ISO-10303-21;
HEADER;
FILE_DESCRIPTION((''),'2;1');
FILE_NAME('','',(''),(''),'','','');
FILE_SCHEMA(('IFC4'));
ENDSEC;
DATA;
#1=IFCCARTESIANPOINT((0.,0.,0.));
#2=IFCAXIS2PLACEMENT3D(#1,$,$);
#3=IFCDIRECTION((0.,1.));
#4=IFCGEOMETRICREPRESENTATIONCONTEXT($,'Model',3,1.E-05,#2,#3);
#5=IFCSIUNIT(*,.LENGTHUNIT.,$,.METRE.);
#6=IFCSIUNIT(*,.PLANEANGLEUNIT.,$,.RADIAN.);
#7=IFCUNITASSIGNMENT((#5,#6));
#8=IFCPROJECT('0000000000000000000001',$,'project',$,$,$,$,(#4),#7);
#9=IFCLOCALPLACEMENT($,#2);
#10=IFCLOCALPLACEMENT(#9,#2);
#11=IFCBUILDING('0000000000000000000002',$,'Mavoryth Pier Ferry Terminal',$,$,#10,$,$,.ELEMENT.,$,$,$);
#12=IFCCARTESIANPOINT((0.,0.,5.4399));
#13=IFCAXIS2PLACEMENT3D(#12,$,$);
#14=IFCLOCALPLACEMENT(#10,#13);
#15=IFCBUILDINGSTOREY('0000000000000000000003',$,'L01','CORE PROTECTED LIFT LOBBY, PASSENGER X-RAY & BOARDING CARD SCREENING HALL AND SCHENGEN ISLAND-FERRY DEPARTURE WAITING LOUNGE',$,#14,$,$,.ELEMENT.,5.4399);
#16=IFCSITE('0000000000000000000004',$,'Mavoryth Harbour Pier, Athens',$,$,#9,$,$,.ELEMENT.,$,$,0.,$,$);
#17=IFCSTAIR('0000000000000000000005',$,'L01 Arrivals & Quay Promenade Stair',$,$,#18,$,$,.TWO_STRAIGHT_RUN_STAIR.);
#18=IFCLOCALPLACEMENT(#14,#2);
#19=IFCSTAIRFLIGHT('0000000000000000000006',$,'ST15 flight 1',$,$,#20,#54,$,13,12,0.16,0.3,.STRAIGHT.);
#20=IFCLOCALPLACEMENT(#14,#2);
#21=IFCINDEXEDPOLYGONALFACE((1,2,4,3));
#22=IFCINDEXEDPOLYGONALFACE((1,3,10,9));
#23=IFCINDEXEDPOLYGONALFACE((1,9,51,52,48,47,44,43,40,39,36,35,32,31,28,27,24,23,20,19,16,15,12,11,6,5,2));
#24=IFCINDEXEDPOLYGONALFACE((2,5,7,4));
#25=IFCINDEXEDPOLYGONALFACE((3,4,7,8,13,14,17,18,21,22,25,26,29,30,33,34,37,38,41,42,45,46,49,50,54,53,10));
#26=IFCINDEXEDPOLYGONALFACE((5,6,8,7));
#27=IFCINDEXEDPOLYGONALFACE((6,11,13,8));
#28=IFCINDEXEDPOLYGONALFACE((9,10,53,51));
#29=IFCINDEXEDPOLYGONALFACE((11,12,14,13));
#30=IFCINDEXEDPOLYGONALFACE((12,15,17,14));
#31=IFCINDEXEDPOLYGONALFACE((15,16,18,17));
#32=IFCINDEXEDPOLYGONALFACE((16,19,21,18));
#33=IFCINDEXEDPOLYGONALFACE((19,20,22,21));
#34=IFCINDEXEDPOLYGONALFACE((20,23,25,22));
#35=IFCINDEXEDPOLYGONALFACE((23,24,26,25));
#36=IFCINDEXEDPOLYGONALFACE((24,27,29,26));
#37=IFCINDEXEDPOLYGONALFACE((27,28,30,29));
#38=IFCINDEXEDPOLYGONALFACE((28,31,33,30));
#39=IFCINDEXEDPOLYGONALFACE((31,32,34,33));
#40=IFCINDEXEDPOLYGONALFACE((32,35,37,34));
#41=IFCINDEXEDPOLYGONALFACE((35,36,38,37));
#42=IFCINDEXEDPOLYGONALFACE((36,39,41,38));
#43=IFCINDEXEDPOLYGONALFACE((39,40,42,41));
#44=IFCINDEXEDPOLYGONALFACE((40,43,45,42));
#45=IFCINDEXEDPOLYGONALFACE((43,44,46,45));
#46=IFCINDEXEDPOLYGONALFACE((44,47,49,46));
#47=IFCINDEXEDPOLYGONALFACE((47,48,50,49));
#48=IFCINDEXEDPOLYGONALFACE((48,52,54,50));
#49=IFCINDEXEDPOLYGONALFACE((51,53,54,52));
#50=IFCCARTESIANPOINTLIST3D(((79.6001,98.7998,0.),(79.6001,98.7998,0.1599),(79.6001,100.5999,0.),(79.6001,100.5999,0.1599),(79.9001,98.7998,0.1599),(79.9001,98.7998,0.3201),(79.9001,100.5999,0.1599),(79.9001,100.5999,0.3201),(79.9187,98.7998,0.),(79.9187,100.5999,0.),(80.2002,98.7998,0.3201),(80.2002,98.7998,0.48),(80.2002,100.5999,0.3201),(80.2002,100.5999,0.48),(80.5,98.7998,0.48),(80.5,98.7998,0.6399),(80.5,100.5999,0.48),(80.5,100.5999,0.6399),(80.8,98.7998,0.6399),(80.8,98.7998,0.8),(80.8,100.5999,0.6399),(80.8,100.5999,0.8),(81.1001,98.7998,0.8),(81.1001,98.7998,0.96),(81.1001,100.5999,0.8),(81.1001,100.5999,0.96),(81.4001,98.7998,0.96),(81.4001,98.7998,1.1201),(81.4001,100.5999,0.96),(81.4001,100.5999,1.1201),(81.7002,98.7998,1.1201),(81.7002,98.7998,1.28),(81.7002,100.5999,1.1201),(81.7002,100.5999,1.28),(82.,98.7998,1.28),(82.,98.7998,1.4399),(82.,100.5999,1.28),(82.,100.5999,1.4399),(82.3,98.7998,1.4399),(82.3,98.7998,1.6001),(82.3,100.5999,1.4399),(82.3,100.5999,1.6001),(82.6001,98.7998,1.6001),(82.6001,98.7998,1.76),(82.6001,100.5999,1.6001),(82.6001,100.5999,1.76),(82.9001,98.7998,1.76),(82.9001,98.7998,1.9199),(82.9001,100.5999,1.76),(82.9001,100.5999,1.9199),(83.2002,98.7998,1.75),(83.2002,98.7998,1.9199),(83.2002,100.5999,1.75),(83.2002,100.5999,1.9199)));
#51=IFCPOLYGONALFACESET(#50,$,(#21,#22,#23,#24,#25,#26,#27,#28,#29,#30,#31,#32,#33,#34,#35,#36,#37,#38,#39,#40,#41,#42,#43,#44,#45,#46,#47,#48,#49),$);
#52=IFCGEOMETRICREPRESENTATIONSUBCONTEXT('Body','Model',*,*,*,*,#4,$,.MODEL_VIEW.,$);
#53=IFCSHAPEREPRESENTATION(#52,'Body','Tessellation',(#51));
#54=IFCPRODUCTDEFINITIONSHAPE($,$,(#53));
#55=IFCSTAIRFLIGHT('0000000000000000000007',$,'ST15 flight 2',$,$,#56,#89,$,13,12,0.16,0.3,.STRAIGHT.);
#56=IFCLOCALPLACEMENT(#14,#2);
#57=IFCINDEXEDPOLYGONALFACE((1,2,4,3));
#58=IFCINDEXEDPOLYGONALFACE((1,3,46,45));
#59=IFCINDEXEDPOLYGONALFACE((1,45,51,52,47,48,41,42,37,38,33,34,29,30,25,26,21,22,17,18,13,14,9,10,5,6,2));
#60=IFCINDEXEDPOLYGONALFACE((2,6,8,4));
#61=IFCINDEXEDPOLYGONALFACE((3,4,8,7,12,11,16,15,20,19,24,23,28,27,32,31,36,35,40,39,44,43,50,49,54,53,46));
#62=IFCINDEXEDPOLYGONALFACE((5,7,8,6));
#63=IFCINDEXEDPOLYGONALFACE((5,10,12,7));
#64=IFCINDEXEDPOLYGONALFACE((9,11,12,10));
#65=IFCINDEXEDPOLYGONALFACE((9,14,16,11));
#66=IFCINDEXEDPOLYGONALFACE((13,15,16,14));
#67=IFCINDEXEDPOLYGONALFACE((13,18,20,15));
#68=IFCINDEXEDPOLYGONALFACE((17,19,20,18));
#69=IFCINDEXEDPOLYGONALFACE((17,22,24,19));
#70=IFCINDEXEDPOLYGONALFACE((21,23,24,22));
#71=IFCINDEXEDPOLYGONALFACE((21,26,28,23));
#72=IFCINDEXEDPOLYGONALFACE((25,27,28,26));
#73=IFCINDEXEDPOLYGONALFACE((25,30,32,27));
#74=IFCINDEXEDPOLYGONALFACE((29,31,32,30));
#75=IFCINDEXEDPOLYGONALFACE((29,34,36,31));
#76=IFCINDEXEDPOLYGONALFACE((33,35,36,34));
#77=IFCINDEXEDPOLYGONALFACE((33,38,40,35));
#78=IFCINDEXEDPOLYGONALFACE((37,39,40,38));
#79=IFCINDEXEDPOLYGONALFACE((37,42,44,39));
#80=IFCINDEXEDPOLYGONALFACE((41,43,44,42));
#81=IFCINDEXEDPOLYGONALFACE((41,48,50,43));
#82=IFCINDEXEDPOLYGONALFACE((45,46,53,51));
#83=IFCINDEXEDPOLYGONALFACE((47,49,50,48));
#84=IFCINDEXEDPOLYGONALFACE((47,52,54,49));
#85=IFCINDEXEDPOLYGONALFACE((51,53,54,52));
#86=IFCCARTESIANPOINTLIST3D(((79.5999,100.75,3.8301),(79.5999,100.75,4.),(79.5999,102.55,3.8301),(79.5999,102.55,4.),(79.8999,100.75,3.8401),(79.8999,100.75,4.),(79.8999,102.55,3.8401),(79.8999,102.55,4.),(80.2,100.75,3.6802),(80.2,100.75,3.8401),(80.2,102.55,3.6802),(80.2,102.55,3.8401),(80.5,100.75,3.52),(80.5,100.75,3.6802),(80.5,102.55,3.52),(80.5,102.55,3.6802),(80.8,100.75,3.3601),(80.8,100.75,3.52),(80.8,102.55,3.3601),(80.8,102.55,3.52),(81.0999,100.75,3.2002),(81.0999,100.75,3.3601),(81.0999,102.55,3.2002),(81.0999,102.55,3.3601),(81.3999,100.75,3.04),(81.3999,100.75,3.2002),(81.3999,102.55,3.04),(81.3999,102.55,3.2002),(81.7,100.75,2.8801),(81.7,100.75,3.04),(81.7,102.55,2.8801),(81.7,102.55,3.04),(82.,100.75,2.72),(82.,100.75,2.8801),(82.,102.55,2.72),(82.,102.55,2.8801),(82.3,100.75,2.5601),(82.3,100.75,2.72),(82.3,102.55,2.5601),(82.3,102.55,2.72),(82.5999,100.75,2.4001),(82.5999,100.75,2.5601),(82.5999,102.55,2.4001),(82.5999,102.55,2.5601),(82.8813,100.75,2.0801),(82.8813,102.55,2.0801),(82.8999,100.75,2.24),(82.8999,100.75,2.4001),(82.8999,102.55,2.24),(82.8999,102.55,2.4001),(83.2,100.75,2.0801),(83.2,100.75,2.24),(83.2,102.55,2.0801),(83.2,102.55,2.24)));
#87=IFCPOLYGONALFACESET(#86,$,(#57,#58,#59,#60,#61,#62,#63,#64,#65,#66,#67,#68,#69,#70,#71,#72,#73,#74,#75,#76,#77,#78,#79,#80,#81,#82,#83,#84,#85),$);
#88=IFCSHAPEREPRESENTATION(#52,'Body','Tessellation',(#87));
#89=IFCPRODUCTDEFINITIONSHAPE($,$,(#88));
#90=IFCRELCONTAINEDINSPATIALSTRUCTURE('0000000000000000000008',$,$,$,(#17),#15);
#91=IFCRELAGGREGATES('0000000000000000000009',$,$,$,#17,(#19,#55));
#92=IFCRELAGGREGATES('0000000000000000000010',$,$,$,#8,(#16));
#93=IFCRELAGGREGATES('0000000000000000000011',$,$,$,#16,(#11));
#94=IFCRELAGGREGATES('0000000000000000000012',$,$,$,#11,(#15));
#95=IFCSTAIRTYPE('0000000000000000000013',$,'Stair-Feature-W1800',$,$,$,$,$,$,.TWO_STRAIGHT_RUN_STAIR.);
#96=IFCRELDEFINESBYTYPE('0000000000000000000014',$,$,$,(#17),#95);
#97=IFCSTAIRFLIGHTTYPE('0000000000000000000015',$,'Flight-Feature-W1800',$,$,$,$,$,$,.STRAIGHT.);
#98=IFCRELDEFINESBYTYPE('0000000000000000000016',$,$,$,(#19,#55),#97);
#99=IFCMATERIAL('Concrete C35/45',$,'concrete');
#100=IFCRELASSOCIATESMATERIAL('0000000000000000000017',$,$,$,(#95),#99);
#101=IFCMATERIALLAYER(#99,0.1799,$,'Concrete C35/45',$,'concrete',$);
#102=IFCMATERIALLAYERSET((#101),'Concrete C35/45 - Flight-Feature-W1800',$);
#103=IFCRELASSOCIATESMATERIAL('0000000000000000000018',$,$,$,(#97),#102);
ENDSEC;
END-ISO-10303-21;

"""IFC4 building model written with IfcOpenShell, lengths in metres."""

from ifc_helpers import new_model, si_unit, direction, frame, origin, place, context, subcontext, project, spatial, polyline, outline, extrude, material, layer, layer_set, type_object, element, aggregate, save


model = new_model("IFC4")

# Units and contexts
model_context = context("Model", 3, precision=1e-05, world=origin(), true_north=direction((0.0, 1.0)))
body_context = subcontext(model_context, "Body", "Model", "MODEL_VIEW")
ifc_project = project(units=[si_unit("LENGTHUNIT", "METRE"), si_unit("PLANEANGLEUNIT", "RADIAN")], contexts=[model_context])

# Site, building, storey
site_placement = place(None, origin())
site = spatial("IfcSite", under=ifc_project, at=site_placement, Name="Mavoryth Harbour Pier, Athens", CompositionType="ELEMENT", RefElevation=0.0)
building_placement = place(site_placement, origin())
building = spatial("IfcBuilding", under=site, at=building_placement, Name="Mavoryth Pier Ferry Terminal", CompositionType="ELEMENT")
storey_placement = place(building_placement, frame((0.0, 0.0, 5.4399)))
storey = spatial("IfcBuildingStorey", under=building, at=storey_placement, Name="L01", Description="CORE PROTECTED LIFT LOBBY, PASSENGER X-RAY & BOARDING CARD SCREENING HALL AND SCHENGEN ISLAND-FERRY DEPARTURE WAITING LOUNGE", CompositionType="ELEMENT", Elevation=5.4399)

# Shared definitions
ifc_material_1 = material(Name="Concrete C35/45", Category="concrete")

# Stair, stair flights
stair_type = type_object("IfcStairType", Name="Stair-Feature-W1800", PredefinedType="TWO_STRAIGHT_RUN_STAIR", material=ifc_material_1)
stair_placement = place(storey_placement, origin())
stair = element("IfcStair", 1, at=stair_placement, inside=storey, type_object=stair_type, Name="L01 Arrivals & Quay Promenade Stair", PredefinedType="TWO_STRAIGHT_RUN_STAIR")
ifc_layer_1 = layer(ifc_material_1, 0.1799, Name="Concrete C35/45", Category="concrete")
ifc_layer_set_1 = layer_set([ifc_layer_1], Name="Concrete C35/45 - Flight-Feature-W1800")
stair_flight_type = type_object("IfcStairFlightType", Name="Flight-Feature-W1800", PredefinedType="STRAIGHT", material=ifc_layer_set_1)
stair_flight_1_placement = place(storey_placement, frame((79.6001, 99.7, 0.0), z_axis=(0.0, 0.0, 1.0), x_axis=(1.0, 0.0, 0.0)))
stair_flight_1 = element("IfcStairFlight", 2, at=stair_flight_1_placement, type_object=stair_flight_type, Name="ST15 flight 1", NumberOfRisers=13, NumberOfTreads=12, PredefinedType="STRAIGHT", RiserHeight=0.16, TreadLength=0.3, context=body_context, shape_type="SweptSolid", body=[
    extrude(outline(polyline([(0.0, 0.0), (0.0, 0.1599), (0.3, 0.1599), (0.3, 0.3201), (0.6001, 0.3201), (0.6001, 0.48), (0.8999, 0.48), (0.8999, 0.6399), (1.2, 0.6399), (1.2, 0.8), (1.5, 0.8), (1.5, 0.96), (1.8, 0.96), (1.8, 1.1201), (2.1001, 1.1201), (2.1001, 1.28), (2.3999, 1.28), (2.3999, 1.4399), (2.7, 1.4399), (2.7, 1.6001), (3.0, 1.6001), (3.0, 1.76), (3.3, 1.76), (3.3, 1.9199), (3.6001, 1.9199), (3.6001, 2.0801), (3.6001, 1.75), (0.3186, 0.0), (0.0, 0.0)])), frame((0.0, 0.8999, 0.0), z_axis=(0.0, -1.0, 0.0), x_axis=(1.0, 0.0, 0.0)), (0.0, 0.0, 1.0), 1.8),
])
stair_flight_2_placement = place(storey_placement, frame((83.2, 101.6499, 2.0801), z_axis=(0.0, 0.0, 1.0), x_axis=(-1.0, 0.0, 0.0)))
stair_flight_2 = element("IfcStairFlight", 3, at=stair_flight_2_placement, type_object=stair_flight_type, Name="ST15 flight 2", NumberOfRisers=13, NumberOfTreads=12, PredefinedType="STRAIGHT", RiserHeight=0.16, TreadLength=0.3, context=body_context, shape_type="SweptSolid", body=[
    extrude(outline(polyline([(0.0, 0.0), (0.0, 0.1599), (0.3, 0.1599), (0.3, 0.3201), (0.6001, 0.3201), (0.6001, 0.48), (0.8999, 0.48), (0.8999, 0.6399), (1.2, 0.6399), (1.2, 0.8), (1.5, 0.8), (1.5, 0.96), (1.8, 0.96), (1.8, 1.1201), (2.1001, 1.1201), (2.1001, 1.28), (2.3999, 1.28), (2.3999, 1.4399), (2.7, 1.4399), (2.7, 1.6001), (3.0, 1.6001), (3.0, 1.76), (3.3, 1.76), (3.3, 1.9199), (3.6001, 1.9199), (3.6001, 2.0801), (3.6001, 1.75), (0.3186, 0.0), (0.0, 0.0)])), frame((0.0, 0.8999, 0.0), z_axis=(0.0, -1.0, 0.0), x_axis=(1.0, 0.0, 0.0)), (0.0, 0.0, 1.0), 1.8),
])
aggregate(stair, [stair_flight_1, stair_flight_2])

save(model, "model.ifc")
